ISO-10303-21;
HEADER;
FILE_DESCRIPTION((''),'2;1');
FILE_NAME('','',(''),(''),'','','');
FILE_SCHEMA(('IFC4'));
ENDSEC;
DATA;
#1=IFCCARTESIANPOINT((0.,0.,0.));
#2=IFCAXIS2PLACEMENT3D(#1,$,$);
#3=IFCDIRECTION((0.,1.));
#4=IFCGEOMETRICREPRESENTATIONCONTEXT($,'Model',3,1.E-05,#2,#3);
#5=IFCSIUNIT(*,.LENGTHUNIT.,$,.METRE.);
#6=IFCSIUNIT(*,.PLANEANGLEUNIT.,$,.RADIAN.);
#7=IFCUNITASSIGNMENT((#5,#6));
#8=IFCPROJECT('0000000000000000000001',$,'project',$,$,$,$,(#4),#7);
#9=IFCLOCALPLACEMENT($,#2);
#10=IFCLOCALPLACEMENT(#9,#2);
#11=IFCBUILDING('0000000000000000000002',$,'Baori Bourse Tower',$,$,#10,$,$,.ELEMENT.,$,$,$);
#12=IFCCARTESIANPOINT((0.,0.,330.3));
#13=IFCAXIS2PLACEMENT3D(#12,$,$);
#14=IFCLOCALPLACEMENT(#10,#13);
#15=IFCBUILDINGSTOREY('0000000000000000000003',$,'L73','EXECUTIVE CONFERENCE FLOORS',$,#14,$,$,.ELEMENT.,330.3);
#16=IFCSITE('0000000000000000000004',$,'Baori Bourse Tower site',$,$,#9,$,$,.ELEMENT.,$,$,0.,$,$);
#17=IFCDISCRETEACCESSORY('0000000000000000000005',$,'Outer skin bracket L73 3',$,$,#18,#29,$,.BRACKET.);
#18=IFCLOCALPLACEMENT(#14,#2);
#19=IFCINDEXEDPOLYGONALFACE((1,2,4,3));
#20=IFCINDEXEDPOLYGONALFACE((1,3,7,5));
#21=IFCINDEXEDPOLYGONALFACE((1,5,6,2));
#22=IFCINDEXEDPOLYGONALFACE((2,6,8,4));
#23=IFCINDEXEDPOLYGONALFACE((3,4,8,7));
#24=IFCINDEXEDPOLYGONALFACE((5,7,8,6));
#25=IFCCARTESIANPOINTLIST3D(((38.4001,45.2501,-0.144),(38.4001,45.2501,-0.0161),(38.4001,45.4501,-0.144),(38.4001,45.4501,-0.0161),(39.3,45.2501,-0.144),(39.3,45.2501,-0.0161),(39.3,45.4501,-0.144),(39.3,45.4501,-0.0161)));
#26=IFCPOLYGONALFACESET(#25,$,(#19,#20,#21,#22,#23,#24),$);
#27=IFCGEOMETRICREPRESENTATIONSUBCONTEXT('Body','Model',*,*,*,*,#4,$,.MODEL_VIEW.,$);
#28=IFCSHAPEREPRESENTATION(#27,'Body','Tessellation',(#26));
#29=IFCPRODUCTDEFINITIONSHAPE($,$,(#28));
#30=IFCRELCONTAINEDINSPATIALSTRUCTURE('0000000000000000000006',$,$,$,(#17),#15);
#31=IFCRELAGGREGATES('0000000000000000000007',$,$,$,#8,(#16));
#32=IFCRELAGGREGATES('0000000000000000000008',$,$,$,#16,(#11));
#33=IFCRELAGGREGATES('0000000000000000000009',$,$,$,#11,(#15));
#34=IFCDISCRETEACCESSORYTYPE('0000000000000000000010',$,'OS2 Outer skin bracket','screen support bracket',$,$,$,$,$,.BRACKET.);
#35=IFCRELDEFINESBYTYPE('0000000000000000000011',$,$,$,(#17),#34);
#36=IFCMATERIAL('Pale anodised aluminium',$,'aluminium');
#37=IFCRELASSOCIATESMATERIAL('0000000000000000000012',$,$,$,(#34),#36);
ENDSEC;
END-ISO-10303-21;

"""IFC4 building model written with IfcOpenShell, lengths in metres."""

from ifc_helpers import new_model, si_unit, direction, frame, origin, origin_2d, place, context, subcontext, project, spatial, rectangle, extrude, material, type_object, element, save


model = new_model("IFC4")

# Units and contexts
model_context = context("Model", 3, precision=1e-05, world=origin(), true_north=direction((0.0, 1.0)))
body_context = subcontext(model_context, "Body", "Model", "MODEL_VIEW")
ifc_project = project(units=[si_unit("LENGTHUNIT", "METRE"), si_unit("PLANEANGLEUNIT", "RADIAN")], contexts=[model_context])

# Site, building, storey
site_placement = place(None, origin())
site = spatial("IfcSite", under=ifc_project, at=site_placement, Name="Baori Bourse Tower site", CompositionType="ELEMENT", RefElevation=0.0)
building_placement = place(site_placement, origin())
building = spatial("IfcBuilding", under=site, at=building_placement, Name="Baori Bourse Tower", CompositionType="ELEMENT")
storey_placement = place(building_placement, frame((0.0, 0.0, 330.3)))
storey = spatial("IfcBuildingStorey", under=building, at=storey_placement, Name="L73", Description="EXECUTIVE CONFERENCE FLOORS", CompositionType="ELEMENT", Elevation=330.3)

# Discrete accessory
ifc_material_1 = material(Name="Pale anodised aluminium", Category="aluminium")
discrete_accessory_type = type_object("IfcDiscreteAccessoryType", Name="OS2 Outer skin bracket", Description="screen support bracket", PredefinedType="BRACKET", material=ifc_material_1)
for number, where, z_axis, x_axis, name in (
    (1, (38.8501, 45.3501, -0.144), (0.0, 0.0, 1.0), (0.0, 1.0, 0.0), "Outer skin bracket L73 3"),
):
    element("IfcDiscreteAccessory", number, at=place(storey_placement, frame(where, z_axis=z_axis, x_axis=x_axis)), inside=storey, type_object=discrete_accessory_type, Name=name, PredefinedType="BRACKET", context=body_context, shape_type="SweptSolid", body=[
        extrude(rectangle(XDim=0.2, YDim=0.8999, at=origin_2d()), origin(), (0.0, 0.0, 1.0), 0.1279),
    ])

save(model, "model.ifc")
